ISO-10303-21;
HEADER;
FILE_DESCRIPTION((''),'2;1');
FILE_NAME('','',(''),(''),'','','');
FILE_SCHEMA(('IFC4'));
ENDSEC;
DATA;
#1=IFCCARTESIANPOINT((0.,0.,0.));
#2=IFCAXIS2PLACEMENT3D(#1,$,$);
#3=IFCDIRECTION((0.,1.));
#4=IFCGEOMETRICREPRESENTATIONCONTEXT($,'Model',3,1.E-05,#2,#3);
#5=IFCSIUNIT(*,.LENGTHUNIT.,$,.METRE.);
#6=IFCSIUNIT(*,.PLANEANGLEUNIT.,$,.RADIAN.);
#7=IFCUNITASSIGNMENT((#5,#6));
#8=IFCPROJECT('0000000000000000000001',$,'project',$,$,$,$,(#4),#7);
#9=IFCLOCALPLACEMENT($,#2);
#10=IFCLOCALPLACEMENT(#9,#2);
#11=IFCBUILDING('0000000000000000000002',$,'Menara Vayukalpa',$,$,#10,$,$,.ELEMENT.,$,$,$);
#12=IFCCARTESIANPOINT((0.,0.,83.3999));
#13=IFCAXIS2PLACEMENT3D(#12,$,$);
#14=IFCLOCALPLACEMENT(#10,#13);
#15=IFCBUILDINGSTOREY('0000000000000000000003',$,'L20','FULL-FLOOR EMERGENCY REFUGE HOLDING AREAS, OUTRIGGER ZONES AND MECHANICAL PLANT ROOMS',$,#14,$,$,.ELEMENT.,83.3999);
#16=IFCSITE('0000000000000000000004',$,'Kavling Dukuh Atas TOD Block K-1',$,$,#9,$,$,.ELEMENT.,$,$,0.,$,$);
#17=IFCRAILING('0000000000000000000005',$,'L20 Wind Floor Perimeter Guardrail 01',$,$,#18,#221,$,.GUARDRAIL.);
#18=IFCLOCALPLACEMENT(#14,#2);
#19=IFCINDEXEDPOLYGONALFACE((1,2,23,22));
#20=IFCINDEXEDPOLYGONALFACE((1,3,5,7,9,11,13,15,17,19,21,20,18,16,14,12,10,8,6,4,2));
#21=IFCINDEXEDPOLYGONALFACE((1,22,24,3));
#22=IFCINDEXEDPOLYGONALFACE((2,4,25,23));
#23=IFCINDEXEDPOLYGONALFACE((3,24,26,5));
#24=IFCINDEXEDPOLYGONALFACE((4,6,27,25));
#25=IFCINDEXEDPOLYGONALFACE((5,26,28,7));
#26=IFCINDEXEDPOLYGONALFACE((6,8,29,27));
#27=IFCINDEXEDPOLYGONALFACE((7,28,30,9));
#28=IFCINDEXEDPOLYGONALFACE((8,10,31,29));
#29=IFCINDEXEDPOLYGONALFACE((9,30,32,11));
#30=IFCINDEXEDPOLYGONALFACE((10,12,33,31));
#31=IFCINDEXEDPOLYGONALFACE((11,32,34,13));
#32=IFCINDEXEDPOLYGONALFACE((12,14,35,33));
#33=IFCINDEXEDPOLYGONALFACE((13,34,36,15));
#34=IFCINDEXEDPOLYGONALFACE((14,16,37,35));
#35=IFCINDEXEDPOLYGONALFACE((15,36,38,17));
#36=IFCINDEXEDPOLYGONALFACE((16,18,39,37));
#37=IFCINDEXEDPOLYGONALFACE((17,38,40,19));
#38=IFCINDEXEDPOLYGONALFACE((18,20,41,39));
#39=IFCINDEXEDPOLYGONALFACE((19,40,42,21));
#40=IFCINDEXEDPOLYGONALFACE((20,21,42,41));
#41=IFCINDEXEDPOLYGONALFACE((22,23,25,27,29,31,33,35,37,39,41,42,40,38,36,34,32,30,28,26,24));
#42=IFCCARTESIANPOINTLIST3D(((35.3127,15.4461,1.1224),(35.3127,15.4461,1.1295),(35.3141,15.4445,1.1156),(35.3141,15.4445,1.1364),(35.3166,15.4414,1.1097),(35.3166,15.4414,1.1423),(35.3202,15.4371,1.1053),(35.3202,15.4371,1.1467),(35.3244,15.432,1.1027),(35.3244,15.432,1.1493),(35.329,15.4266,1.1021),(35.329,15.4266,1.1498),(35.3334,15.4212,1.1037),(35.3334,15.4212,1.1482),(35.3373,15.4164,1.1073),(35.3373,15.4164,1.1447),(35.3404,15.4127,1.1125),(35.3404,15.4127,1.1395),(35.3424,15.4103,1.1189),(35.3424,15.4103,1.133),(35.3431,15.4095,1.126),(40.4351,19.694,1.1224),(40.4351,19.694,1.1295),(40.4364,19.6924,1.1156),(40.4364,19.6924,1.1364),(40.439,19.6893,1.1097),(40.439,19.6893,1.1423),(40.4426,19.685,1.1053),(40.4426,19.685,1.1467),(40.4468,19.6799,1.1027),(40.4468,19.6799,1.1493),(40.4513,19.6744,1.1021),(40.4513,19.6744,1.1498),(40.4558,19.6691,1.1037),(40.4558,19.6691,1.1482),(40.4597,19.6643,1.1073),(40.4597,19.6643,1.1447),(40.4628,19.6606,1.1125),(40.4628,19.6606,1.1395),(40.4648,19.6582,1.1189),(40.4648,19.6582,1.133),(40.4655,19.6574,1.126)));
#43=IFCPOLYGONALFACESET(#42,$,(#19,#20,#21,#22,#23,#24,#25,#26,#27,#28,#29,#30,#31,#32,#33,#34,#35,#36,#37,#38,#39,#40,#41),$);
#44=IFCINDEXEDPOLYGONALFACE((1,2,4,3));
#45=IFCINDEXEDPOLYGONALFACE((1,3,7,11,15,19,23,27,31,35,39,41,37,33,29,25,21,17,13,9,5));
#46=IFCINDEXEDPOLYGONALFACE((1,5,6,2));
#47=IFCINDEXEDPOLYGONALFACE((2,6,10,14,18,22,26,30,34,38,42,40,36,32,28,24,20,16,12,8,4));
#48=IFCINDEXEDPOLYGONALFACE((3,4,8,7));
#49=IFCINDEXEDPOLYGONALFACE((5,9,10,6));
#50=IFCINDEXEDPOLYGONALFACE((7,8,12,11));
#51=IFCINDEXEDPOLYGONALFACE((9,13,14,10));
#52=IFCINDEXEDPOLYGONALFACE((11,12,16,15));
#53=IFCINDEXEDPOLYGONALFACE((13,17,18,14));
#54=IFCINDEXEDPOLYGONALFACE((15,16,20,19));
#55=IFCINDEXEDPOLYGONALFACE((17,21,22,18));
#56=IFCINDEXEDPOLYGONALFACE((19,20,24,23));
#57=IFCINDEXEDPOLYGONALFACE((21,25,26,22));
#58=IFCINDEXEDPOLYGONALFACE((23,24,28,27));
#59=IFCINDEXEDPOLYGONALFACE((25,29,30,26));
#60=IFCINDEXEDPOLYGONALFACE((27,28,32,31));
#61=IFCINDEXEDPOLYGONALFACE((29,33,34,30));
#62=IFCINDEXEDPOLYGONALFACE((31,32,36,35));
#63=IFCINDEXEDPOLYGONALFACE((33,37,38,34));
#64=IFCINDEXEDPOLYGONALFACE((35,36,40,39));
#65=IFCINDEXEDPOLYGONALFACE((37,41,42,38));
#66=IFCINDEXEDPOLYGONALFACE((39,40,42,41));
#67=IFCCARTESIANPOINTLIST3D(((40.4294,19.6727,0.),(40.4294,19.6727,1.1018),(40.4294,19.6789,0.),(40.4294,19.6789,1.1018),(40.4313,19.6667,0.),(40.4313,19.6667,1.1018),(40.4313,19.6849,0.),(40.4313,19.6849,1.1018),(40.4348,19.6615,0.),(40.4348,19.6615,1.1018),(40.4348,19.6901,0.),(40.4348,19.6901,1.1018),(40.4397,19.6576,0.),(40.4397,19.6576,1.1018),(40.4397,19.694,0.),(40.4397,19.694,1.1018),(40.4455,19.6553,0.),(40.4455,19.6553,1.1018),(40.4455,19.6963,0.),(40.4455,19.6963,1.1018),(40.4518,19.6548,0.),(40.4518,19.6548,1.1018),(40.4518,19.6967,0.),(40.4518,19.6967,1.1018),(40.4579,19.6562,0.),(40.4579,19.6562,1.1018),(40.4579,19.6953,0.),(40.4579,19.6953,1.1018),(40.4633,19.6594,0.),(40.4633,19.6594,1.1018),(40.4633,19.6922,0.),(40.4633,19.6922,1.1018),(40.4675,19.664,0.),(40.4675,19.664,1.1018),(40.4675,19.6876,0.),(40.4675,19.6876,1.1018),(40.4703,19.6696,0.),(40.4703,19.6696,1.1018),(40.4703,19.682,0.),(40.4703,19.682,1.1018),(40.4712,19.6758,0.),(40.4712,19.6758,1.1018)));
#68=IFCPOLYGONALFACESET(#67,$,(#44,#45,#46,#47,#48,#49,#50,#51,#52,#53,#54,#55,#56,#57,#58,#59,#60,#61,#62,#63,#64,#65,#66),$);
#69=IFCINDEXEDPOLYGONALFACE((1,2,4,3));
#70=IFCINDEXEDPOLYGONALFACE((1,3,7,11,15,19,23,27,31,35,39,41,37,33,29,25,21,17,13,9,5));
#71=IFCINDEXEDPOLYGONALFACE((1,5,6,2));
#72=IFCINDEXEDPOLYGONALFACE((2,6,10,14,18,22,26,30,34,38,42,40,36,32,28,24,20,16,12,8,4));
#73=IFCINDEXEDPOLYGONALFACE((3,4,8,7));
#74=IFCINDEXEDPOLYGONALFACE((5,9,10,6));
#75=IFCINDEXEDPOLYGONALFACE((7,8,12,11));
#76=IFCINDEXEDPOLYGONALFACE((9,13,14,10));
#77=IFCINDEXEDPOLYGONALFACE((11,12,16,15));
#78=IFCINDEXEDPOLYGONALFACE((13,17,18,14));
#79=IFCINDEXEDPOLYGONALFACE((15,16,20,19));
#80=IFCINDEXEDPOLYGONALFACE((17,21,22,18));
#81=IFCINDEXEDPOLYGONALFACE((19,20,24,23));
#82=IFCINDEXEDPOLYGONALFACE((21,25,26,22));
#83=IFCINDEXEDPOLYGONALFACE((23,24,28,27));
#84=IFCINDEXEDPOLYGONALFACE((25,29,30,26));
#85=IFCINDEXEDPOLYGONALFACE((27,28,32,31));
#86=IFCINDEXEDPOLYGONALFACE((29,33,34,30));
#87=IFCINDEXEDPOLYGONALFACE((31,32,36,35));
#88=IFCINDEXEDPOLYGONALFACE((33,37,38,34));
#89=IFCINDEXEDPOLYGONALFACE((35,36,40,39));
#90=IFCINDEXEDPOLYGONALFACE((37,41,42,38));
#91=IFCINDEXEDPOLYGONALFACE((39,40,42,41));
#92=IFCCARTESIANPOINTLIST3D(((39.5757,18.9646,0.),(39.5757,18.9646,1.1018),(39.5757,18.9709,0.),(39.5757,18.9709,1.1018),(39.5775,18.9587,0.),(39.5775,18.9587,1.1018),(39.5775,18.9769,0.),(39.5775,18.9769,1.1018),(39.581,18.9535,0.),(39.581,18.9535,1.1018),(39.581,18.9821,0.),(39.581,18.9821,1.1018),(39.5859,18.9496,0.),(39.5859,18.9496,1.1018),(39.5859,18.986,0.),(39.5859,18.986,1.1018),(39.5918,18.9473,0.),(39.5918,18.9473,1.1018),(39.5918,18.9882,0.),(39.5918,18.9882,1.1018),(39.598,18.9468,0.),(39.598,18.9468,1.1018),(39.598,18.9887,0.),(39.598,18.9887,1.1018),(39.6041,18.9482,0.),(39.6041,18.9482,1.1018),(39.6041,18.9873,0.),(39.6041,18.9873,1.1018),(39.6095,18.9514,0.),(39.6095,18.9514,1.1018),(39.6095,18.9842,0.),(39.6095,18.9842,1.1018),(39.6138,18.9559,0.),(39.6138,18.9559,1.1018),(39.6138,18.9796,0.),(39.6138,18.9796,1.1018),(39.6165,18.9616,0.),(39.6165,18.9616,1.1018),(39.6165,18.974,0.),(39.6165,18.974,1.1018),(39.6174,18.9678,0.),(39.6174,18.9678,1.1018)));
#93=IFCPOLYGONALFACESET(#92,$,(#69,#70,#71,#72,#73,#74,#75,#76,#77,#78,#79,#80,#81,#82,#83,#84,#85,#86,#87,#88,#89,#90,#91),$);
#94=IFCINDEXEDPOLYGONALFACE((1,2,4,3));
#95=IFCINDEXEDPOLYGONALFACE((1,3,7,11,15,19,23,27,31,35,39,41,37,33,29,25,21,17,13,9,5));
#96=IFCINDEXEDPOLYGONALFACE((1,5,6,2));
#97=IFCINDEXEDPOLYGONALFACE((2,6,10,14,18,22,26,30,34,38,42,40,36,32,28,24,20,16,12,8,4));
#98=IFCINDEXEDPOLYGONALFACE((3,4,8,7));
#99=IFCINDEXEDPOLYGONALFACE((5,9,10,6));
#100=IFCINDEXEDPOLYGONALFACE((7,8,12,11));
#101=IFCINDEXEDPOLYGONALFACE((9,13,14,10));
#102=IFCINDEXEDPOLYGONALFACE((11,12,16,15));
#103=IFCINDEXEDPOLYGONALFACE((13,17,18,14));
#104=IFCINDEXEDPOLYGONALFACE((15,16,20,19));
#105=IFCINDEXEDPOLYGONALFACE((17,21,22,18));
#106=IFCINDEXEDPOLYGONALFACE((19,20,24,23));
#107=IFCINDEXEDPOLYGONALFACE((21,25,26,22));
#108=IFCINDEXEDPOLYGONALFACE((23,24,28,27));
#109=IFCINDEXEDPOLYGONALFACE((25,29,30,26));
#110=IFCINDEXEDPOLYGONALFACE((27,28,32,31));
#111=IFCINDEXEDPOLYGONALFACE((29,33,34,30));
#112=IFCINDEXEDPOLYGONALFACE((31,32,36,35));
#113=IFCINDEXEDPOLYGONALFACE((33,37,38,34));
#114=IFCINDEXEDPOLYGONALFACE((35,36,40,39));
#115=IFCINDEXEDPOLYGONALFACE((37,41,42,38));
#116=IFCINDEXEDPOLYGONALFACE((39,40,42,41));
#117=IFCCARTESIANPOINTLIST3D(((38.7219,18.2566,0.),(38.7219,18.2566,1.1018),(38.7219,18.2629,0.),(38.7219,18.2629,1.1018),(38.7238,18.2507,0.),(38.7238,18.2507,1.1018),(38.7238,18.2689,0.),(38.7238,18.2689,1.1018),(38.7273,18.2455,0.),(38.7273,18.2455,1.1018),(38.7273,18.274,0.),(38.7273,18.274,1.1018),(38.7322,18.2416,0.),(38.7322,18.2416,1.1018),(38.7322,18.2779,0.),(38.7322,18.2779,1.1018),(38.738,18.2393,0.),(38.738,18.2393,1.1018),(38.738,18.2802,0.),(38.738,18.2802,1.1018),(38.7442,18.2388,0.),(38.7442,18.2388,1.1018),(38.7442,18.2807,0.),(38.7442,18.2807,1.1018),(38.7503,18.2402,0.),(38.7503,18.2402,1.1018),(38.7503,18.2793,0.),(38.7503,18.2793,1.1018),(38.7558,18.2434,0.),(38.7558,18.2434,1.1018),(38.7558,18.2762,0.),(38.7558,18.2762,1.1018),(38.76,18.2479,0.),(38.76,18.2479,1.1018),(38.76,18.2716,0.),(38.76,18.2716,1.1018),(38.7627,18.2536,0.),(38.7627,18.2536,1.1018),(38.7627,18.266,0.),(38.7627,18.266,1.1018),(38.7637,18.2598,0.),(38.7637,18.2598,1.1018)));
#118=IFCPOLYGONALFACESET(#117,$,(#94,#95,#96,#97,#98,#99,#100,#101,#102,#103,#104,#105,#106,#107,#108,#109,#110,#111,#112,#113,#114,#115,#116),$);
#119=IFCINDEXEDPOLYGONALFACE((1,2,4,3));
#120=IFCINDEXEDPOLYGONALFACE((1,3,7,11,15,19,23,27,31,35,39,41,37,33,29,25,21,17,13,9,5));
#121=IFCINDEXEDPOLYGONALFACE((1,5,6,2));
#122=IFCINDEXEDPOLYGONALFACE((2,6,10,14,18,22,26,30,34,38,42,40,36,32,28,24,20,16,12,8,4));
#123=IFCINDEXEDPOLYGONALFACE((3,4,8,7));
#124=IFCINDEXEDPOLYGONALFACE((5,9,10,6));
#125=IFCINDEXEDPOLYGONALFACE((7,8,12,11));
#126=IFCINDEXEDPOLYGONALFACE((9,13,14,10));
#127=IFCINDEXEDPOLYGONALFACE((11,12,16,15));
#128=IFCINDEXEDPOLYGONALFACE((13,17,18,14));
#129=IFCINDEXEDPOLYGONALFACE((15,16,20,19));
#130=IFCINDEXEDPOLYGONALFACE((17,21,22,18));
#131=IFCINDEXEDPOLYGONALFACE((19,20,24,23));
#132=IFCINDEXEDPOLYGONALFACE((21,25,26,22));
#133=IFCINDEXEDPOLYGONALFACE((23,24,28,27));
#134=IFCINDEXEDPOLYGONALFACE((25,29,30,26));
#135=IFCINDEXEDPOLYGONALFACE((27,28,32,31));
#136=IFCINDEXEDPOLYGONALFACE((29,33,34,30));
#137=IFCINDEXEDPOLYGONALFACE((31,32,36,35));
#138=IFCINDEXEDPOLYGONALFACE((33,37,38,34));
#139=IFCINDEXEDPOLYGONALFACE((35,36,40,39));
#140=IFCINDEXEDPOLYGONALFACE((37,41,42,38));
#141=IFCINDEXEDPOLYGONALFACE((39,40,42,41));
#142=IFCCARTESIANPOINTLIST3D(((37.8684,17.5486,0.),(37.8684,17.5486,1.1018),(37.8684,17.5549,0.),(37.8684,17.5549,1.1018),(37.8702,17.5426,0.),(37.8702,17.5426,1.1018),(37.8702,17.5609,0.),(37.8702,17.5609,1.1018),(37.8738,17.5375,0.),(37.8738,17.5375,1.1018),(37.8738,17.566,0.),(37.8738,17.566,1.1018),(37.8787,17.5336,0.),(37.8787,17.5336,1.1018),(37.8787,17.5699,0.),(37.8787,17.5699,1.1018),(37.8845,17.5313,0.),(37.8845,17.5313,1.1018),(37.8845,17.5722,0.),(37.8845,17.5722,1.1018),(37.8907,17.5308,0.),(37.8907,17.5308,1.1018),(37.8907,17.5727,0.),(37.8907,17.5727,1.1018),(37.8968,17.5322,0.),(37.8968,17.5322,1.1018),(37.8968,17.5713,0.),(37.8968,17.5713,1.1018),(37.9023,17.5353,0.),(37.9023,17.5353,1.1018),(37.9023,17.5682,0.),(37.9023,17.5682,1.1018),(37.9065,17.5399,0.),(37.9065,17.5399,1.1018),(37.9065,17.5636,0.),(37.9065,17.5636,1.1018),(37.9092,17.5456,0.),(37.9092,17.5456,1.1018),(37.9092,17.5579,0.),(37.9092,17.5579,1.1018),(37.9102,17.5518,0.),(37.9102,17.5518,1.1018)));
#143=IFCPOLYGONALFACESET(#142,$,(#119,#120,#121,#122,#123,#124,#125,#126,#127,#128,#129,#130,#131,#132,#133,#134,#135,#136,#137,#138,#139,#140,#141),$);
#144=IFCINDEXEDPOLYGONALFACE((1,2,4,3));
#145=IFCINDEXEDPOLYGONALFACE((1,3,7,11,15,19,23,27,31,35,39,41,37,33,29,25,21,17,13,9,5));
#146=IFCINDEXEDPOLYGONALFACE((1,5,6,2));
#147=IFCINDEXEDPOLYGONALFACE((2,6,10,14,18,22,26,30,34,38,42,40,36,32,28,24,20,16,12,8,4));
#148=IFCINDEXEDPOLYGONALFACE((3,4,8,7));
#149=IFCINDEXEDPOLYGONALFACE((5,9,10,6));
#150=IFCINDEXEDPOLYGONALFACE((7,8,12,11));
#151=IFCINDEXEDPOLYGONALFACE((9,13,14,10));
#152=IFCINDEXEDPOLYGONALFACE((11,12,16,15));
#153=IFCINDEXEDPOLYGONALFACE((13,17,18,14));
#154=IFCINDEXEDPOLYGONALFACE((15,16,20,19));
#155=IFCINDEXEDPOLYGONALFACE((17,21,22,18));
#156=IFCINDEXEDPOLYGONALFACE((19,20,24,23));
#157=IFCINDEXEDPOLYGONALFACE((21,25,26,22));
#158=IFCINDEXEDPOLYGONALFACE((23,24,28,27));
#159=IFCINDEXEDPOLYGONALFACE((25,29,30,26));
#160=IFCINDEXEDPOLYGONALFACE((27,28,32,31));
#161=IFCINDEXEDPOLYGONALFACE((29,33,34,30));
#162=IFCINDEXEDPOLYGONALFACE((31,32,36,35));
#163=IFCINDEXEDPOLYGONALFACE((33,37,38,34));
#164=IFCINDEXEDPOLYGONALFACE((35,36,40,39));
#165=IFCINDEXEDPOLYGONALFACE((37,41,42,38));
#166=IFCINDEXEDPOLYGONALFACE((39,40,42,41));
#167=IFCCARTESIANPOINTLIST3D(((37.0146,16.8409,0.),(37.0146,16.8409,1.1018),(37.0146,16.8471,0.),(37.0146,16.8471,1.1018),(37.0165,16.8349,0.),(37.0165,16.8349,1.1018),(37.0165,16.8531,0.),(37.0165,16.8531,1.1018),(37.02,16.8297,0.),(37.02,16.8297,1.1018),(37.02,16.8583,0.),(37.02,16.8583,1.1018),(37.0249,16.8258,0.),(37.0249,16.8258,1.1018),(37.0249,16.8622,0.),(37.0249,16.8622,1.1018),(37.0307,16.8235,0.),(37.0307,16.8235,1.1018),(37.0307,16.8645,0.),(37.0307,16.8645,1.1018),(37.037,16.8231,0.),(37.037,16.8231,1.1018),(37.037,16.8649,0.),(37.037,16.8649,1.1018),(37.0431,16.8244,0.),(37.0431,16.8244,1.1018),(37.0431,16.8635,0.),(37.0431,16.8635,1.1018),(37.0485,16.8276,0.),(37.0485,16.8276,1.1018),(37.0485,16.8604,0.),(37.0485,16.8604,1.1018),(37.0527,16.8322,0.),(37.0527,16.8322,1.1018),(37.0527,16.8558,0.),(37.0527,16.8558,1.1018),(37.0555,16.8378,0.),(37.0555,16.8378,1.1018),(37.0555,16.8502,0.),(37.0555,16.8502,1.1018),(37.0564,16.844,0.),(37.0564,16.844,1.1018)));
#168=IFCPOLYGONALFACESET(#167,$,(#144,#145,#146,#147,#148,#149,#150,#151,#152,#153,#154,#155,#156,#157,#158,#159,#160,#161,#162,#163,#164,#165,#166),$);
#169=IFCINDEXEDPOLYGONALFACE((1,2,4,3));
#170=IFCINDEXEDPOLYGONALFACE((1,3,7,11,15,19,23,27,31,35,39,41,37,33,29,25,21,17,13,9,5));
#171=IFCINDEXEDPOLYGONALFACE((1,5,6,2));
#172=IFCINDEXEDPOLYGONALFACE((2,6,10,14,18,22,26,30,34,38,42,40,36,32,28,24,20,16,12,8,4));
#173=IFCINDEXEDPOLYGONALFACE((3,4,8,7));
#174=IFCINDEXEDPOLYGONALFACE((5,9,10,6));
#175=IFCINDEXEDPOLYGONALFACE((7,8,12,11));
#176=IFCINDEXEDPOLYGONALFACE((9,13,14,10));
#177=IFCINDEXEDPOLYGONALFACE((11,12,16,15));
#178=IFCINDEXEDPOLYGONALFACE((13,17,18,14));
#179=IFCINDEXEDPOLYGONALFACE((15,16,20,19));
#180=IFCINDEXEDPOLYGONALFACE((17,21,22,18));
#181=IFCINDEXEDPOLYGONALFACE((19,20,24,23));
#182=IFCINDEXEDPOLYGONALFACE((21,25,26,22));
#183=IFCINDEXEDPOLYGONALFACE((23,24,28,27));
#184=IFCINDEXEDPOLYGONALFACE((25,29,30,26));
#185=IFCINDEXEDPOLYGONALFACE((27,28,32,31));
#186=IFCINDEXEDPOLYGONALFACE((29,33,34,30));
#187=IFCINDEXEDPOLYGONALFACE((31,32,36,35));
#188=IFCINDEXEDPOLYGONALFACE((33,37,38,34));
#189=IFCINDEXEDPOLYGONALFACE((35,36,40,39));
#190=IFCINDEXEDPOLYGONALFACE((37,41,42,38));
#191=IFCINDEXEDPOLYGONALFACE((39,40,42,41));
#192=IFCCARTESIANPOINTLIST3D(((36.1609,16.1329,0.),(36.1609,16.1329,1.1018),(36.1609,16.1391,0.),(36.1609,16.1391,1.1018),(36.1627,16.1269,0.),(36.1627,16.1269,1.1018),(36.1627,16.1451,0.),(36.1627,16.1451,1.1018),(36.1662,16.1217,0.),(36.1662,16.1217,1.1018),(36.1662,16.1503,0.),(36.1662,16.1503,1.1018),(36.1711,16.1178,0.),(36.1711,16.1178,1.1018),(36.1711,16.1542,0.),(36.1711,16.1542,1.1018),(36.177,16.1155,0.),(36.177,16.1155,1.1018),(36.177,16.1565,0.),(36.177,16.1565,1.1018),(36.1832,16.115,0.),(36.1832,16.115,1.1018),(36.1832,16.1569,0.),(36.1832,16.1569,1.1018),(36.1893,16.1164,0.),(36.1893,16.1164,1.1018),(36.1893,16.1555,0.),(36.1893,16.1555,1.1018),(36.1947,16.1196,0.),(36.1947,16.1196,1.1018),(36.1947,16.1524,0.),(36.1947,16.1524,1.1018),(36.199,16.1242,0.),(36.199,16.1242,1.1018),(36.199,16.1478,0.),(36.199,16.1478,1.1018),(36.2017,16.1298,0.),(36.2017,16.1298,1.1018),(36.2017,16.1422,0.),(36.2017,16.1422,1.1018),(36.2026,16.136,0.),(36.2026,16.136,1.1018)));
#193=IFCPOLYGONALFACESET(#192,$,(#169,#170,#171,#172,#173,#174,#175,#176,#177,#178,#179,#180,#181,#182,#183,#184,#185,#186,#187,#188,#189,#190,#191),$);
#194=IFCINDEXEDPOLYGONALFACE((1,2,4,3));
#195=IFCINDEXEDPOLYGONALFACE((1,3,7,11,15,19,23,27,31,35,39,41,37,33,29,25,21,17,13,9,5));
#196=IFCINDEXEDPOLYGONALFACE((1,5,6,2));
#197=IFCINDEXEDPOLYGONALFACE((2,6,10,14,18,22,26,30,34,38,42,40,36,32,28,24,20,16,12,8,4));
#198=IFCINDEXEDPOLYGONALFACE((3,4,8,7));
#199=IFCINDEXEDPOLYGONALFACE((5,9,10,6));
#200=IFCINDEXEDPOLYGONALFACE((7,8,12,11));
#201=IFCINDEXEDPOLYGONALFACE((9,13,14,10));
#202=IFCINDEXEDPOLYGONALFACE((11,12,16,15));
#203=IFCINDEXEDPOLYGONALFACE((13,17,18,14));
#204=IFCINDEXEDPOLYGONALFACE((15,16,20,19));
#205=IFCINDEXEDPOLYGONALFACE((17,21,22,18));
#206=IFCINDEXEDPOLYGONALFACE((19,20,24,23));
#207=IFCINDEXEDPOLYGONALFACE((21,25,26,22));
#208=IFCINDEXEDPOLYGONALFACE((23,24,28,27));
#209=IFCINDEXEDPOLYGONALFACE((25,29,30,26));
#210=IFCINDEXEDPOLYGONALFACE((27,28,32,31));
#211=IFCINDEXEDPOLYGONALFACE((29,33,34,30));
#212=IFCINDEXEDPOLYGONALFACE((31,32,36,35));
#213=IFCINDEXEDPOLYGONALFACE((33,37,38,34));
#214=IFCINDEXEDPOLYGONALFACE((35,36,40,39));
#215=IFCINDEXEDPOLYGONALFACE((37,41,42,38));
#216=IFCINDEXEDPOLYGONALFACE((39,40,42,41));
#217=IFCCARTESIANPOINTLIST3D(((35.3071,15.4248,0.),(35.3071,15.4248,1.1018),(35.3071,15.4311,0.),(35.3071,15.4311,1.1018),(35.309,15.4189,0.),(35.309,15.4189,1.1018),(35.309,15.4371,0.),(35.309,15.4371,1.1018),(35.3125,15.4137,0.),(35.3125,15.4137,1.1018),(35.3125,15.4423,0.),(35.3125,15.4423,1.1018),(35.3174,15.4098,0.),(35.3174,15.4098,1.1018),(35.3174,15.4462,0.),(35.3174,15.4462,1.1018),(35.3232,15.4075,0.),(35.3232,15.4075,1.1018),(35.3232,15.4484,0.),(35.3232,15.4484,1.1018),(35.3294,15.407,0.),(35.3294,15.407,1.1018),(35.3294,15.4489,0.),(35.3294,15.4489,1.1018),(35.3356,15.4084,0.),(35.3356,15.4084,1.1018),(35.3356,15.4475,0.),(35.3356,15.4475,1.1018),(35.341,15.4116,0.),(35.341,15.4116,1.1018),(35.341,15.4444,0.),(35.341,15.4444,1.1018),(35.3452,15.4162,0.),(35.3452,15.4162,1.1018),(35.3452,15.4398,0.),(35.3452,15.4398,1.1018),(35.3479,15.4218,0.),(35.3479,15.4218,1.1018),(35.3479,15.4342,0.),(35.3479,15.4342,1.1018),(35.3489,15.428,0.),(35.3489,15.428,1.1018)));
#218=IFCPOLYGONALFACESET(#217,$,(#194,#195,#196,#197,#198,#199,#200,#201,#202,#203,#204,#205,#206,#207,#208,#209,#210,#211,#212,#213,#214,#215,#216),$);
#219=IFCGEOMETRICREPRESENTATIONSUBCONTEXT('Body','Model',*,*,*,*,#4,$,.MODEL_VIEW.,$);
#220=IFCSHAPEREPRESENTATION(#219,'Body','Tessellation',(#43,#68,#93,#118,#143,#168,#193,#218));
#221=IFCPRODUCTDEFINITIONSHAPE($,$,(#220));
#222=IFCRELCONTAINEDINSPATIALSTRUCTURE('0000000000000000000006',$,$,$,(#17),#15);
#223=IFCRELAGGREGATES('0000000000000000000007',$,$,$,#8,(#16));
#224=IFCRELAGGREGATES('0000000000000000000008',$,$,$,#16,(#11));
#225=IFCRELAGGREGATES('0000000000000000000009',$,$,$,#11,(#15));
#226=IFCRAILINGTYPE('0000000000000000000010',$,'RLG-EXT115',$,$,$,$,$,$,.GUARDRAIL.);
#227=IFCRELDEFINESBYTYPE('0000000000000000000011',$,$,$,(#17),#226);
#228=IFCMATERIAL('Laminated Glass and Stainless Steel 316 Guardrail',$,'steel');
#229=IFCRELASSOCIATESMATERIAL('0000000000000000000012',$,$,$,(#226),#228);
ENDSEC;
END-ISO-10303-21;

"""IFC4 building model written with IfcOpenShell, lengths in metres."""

from ifc_helpers import new_model, si_unit, direction, frame, origin, origin_2d, place, context, subcontext, project, spatial, circle, extrude, material, type_object, element, save


model = new_model("IFC4")

# Units and contexts
model_context = context("Model", 3, precision=1e-05, world=origin(), true_north=direction((0.0, 1.0)))
body_context = subcontext(model_context, "Body", "Model", "MODEL_VIEW")
ifc_project = project(units=[si_unit("LENGTHUNIT", "METRE"), si_unit("PLANEANGLEUNIT", "RADIAN")], contexts=[model_context])

# Site, building, storey
site_placement = place(None, origin())
site = spatial("IfcSite", under=ifc_project, at=site_placement, Name="Kavling Dukuh Atas TOD Block K-1", CompositionType="ELEMENT", RefElevation=0.0)
building_placement = place(site_placement, origin())
building = spatial("IfcBuilding", under=site, at=building_placement, Name="Menara Vayukalpa", CompositionType="ELEMENT")
storey_placement = place(building_placement, frame((0.0, 0.0, 83.3999)))
storey = spatial("IfcBuildingStorey", under=building, at=storey_placement, Name="L20", Description="FULL-FLOOR EMERGENCY REFUGE HOLDING AREAS, OUTRIGGER ZONES AND MECHANICAL PLANT ROOMS", CompositionType="ELEMENT", Elevation=83.3999)

# Railing
ifc_material_1 = material(Name="Laminated Glass and Stainless Steel 316 Guardrail", Category="steel")
railing_type_1 = type_object("IfcRailingType", Name="RLG-EXT115", PredefinedType="GUARDRAIL", material=ifc_material_1)
railing_1_placement = place(storey_placement, frame((40.4502, 19.6758, 0.0)))
element("IfcRailing", 1, at=railing_1_placement, inside=storey, type_object=railing_type_1, Name="L20 Wind Floor Perimeter Guardrail 01", PredefinedType="GUARDRAIL", context=body_context, shape_type="SweptSolid", body=[
    extrude(circle(Radius=0.0239, at=origin_2d()), frame((0.0, 0.0, 1.126), z_axis=(-0.769756, -0.638339, 0.0), x_axis=(0.638339, -0.769756, 0.0)), (0.0, 0.0, 1.0), 6.6545),
    extrude(circle(Radius=0.021, at=origin_2d()), origin(), (0.0, 0.0, 1.0), 1.1018),
    extrude(circle(Radius=0.021, at=origin_2d()), frame((-0.8538, -0.708, 0.0)), (0.0, 0.0, 1.0), 1.1018),
    extrude(circle(Radius=0.021, at=origin_2d()), frame((-1.7075, -1.416, 0.0)), (0.0, 0.0, 1.0), 1.1018),
    extrude(circle(Radius=0.021, at=origin_2d()), frame((-2.561, -2.124, 0.0)), (0.0, 0.0, 1.0), 1.1018),
    extrude(circle(Radius=0.021, at=origin_2d()), frame((-3.4148, -2.8318, 0.0)), (0.0, 0.0, 1.0), 1.1018),
    extrude(circle(Radius=0.021, at=origin_2d()), frame((-4.2686, -3.5398, 0.0)), (0.0, 0.0, 1.0), 1.1018),
    extrude(circle(Radius=0.021, at=origin_2d()), frame((-5.1223, -4.2478, 0.0)), (0.0, 0.0, 1.0), 1.1018),
])

save(model, "model.ifc")
